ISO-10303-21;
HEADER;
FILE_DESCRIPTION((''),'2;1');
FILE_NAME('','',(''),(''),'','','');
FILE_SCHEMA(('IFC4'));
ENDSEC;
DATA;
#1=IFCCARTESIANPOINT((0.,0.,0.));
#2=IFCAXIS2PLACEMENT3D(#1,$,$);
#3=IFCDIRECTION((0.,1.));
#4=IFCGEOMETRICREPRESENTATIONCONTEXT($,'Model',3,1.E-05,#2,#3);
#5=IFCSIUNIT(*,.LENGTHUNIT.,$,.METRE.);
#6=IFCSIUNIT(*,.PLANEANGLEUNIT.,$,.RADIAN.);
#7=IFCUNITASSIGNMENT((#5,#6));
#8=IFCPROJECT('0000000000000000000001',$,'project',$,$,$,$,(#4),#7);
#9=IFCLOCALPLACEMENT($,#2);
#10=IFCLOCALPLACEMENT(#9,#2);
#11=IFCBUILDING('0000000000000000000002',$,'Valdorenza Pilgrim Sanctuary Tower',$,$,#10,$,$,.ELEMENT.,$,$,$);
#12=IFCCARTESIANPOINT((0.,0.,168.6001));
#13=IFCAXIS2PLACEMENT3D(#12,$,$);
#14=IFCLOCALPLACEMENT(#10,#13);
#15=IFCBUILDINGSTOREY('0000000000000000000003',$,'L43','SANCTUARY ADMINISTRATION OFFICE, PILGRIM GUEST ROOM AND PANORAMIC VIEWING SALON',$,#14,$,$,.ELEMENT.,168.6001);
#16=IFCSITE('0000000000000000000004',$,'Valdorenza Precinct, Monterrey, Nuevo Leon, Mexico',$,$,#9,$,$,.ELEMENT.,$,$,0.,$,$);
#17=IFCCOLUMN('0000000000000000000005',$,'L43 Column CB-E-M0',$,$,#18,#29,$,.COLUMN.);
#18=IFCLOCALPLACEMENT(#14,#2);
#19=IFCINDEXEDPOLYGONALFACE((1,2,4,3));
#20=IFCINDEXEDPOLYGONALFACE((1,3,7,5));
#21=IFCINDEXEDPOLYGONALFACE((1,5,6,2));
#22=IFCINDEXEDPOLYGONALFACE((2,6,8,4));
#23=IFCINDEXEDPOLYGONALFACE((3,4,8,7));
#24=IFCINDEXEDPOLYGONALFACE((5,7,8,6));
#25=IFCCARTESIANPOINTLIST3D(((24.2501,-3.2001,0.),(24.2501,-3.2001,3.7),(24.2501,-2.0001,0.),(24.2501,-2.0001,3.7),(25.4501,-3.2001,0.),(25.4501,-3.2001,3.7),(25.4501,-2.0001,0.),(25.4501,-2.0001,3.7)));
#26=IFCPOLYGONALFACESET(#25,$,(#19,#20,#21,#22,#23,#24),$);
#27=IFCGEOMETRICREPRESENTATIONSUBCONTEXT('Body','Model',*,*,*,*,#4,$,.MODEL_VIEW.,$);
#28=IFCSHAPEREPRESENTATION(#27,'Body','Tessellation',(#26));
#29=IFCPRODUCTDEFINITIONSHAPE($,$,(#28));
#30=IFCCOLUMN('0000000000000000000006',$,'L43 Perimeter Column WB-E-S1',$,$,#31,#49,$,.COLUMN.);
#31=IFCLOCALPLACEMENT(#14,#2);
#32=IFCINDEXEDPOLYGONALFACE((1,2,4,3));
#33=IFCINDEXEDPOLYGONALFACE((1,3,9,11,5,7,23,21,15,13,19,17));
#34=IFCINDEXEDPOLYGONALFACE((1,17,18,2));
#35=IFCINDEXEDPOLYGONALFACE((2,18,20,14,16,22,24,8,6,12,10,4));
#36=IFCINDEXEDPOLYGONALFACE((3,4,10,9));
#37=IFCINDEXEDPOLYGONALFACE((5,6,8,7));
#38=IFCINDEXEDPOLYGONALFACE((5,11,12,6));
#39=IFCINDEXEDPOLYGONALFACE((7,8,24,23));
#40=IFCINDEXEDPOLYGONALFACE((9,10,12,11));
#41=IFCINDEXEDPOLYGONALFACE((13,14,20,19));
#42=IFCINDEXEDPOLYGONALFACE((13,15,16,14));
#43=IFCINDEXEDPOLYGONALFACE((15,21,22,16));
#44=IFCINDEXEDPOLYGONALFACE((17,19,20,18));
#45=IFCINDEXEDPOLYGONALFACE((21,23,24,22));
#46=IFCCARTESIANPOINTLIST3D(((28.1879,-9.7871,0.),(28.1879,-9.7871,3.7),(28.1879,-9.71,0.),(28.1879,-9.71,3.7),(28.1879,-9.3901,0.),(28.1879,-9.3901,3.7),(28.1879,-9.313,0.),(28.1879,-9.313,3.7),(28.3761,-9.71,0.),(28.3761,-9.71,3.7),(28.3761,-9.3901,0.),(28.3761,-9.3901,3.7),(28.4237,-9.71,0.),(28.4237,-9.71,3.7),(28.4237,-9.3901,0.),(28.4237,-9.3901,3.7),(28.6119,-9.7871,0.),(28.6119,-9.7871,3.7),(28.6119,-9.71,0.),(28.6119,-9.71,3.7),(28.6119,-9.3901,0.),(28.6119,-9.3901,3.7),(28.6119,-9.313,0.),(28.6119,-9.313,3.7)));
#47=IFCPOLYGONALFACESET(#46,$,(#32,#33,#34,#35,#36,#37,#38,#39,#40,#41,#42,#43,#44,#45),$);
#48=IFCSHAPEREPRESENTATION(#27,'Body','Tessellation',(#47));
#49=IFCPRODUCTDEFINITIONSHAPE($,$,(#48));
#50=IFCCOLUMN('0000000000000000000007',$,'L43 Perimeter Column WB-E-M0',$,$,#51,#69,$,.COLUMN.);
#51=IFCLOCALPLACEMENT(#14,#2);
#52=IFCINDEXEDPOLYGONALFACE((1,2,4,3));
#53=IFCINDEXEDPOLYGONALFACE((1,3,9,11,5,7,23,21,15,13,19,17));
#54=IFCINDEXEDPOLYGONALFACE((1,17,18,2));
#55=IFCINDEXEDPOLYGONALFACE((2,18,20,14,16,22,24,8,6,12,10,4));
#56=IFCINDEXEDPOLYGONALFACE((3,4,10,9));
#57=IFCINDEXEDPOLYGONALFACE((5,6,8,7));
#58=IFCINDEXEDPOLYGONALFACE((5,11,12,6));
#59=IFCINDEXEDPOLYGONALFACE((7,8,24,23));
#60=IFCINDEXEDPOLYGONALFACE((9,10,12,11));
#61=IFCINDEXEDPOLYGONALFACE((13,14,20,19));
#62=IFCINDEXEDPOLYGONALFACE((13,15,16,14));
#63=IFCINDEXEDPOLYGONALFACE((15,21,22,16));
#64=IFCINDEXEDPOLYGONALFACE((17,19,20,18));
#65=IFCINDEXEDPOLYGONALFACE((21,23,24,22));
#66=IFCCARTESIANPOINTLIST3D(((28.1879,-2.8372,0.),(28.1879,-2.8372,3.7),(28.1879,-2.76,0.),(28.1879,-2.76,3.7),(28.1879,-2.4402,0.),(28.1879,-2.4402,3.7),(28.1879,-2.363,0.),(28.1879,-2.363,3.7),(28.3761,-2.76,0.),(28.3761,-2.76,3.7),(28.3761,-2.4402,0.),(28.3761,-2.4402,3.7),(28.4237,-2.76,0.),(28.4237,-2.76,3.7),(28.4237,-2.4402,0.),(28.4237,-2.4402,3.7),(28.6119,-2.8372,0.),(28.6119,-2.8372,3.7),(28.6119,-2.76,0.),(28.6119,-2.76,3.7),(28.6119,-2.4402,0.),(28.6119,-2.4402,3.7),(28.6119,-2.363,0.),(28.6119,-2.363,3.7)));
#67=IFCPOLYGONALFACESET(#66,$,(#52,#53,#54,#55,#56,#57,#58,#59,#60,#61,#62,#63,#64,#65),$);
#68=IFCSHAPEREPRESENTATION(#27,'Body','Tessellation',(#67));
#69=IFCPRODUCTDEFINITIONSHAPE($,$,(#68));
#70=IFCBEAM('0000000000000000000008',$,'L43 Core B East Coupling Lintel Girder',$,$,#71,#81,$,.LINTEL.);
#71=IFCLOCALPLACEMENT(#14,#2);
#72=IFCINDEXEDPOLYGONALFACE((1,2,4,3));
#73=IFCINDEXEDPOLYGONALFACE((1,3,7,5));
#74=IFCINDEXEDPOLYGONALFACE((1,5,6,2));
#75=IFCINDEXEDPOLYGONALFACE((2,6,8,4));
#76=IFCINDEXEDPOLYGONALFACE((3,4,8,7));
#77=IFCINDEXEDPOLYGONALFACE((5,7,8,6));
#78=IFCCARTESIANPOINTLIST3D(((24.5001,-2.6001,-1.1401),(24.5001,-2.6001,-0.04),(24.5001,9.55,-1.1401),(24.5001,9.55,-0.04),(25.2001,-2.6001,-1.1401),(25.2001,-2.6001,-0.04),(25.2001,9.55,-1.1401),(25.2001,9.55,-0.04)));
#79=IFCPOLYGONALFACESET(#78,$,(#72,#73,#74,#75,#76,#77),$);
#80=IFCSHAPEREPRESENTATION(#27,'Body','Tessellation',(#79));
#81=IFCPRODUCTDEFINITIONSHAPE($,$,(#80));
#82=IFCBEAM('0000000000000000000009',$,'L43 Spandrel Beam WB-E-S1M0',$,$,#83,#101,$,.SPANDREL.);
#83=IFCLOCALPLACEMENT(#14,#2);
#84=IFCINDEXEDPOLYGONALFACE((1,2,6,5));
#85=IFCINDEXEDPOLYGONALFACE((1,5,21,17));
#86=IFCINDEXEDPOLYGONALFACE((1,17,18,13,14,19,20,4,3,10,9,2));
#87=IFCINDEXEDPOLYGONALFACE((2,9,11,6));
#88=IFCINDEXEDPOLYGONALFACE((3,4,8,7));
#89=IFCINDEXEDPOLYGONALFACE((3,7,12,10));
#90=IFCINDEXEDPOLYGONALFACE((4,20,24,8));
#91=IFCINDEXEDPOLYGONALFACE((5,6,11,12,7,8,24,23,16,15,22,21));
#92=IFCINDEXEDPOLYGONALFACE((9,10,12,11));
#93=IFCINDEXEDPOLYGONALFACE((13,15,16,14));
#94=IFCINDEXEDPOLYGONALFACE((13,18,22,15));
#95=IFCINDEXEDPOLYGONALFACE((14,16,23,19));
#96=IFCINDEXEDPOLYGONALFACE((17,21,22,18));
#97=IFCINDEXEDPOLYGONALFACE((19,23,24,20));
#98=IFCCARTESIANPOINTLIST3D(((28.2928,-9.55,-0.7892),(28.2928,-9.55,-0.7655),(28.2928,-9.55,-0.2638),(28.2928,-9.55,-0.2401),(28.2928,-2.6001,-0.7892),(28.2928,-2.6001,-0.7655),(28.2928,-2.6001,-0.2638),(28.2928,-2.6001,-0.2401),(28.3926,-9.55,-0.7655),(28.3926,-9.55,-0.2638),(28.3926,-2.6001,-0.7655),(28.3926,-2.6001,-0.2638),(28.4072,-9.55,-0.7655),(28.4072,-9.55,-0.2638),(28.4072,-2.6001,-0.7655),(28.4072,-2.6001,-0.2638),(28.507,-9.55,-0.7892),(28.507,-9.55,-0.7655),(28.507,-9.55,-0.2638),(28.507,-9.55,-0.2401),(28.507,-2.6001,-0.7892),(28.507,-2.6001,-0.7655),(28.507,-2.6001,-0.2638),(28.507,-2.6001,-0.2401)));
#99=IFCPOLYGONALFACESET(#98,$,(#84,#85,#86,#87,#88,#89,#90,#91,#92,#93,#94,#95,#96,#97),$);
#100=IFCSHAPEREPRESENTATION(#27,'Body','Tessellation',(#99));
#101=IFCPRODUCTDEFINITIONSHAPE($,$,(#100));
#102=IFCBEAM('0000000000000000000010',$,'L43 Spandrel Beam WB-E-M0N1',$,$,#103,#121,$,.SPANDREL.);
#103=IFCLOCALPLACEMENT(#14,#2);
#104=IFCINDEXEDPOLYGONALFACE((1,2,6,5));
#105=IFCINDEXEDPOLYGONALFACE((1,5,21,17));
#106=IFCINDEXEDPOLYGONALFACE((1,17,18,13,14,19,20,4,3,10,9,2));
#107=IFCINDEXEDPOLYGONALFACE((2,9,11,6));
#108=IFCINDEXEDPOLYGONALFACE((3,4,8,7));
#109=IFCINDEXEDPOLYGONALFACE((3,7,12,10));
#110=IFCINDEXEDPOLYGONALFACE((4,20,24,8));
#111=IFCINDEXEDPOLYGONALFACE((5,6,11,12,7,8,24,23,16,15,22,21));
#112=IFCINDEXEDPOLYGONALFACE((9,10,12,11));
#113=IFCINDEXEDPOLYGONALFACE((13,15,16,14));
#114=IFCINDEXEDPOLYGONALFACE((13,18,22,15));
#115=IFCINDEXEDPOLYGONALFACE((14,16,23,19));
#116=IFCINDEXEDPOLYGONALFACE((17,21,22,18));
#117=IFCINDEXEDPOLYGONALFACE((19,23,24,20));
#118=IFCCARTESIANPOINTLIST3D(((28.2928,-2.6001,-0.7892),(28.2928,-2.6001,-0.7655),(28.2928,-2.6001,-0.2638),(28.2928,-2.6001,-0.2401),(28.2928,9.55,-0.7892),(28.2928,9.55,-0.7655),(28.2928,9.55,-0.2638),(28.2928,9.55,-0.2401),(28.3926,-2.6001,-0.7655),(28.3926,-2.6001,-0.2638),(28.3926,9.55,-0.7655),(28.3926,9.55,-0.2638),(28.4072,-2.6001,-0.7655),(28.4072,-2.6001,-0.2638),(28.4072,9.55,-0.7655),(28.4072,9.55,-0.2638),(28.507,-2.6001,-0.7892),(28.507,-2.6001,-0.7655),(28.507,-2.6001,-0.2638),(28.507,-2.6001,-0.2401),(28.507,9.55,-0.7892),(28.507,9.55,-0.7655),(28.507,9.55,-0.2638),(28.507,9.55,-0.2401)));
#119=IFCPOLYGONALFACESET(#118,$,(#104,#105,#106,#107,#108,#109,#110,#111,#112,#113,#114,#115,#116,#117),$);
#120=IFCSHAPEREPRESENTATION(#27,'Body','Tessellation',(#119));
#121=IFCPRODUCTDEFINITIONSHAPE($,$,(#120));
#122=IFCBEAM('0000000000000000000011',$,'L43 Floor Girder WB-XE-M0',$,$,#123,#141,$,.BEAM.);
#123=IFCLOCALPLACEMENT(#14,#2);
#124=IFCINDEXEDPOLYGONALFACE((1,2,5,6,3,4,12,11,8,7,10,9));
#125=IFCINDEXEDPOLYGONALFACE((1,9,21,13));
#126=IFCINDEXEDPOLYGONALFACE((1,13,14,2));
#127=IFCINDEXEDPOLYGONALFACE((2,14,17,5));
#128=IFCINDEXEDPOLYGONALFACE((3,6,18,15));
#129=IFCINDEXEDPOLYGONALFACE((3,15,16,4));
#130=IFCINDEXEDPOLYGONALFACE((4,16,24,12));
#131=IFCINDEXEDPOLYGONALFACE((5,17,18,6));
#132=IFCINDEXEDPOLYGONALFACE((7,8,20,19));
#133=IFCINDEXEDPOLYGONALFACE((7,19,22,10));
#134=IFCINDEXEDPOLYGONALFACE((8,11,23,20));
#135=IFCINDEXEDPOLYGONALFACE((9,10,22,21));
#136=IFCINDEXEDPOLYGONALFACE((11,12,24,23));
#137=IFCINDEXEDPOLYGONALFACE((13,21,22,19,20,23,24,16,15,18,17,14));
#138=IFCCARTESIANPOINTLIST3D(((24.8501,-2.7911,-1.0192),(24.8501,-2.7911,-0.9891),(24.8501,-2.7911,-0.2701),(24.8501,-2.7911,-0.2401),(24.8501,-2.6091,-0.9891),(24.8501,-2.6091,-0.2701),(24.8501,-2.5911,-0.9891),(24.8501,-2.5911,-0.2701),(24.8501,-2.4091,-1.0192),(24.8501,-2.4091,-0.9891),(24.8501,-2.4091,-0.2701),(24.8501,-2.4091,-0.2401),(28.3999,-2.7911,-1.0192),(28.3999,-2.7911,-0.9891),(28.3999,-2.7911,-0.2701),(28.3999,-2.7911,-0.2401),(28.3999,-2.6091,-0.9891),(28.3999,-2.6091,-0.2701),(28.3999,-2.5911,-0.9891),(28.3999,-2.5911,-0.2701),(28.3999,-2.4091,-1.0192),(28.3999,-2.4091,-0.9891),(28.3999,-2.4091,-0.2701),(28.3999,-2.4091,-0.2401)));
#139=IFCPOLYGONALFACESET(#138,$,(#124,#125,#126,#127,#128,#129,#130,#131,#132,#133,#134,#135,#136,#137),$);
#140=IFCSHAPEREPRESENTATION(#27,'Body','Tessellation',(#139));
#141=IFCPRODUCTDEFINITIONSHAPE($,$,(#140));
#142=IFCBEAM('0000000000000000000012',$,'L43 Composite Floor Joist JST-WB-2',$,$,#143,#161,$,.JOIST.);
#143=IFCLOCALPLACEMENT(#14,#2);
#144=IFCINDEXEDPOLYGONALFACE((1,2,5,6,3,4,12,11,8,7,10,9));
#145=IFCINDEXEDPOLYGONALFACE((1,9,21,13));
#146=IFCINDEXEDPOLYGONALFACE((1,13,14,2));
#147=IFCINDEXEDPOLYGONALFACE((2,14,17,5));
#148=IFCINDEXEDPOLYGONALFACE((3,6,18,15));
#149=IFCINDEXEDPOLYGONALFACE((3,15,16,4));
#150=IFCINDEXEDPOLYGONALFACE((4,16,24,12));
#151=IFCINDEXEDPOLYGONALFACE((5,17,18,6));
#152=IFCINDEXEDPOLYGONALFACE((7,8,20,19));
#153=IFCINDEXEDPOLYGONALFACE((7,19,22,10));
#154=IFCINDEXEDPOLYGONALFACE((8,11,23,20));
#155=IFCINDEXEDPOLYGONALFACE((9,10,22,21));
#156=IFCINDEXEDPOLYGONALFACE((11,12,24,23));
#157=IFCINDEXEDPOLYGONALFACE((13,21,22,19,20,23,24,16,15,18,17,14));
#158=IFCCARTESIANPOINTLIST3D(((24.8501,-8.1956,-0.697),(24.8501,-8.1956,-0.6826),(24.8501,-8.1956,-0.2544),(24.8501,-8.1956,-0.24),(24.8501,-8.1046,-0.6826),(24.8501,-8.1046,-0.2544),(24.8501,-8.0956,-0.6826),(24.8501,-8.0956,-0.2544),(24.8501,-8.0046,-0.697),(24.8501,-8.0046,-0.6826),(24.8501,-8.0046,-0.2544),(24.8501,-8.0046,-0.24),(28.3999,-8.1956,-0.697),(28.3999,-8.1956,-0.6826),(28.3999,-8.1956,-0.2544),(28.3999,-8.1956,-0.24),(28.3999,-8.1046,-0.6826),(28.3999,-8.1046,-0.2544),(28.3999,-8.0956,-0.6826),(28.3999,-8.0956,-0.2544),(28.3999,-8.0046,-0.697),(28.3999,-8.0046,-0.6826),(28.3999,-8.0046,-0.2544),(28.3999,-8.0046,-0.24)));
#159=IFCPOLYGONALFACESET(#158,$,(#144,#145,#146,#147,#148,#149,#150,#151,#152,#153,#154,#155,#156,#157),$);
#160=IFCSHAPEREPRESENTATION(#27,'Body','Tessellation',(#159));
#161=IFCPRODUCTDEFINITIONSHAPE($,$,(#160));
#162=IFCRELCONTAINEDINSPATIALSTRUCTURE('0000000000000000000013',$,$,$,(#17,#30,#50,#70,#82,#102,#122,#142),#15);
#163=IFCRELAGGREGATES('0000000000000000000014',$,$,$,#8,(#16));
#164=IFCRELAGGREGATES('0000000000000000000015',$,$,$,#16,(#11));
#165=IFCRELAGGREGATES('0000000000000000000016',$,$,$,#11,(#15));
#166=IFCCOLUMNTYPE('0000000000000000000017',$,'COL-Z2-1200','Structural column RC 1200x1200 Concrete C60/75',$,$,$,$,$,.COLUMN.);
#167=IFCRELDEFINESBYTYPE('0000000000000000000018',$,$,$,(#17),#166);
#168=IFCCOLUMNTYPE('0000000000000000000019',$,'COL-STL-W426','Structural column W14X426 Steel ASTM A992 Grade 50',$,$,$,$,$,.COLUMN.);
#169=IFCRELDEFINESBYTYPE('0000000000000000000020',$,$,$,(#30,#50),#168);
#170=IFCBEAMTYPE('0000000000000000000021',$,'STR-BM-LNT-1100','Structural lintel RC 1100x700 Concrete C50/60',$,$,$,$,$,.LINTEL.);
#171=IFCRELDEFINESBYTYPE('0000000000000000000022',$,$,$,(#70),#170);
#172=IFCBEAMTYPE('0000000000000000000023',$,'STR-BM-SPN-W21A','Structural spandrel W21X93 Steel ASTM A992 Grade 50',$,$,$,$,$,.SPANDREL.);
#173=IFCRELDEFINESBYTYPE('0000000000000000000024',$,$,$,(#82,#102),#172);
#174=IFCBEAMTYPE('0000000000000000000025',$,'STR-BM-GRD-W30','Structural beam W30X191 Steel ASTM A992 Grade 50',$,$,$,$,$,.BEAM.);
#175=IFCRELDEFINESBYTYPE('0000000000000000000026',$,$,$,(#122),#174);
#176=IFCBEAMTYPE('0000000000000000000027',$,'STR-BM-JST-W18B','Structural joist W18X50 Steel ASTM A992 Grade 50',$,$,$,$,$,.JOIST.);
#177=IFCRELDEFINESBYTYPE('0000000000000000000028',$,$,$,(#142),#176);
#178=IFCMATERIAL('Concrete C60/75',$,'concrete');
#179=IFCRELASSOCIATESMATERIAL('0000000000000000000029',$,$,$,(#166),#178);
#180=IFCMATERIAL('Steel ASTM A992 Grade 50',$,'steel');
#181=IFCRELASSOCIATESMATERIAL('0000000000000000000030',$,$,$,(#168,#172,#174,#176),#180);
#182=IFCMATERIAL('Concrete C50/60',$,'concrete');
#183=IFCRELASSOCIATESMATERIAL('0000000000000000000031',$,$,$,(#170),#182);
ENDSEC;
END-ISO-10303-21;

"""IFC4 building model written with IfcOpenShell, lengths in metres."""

from ifc_helpers import new_model, si_unit, direction, frame, origin, origin_2d, place, context, subcontext, project, spatial, rectangle, i_section, extrude, source, transform, mapped, material, material_profile, profile_set, type_object, element, save


model = new_model("IFC4")

# Units and contexts
model_context = context("Model", 3, precision=1e-05, world=origin(), true_north=direction((0.0, 1.0)))
body_context = subcontext(model_context, "Body", "Model", "MODEL_VIEW")
ifc_project = project(units=[si_unit("LENGTHUNIT", "METRE"), si_unit("PLANEANGLEUNIT", "RADIAN")], contexts=[model_context])

# Site, building, storey
site_placement = place(None, origin())
site = spatial("IfcSite", under=ifc_project, at=site_placement, Name="Valdorenza Precinct, Monterrey, Nuevo Leon, Mexico", CompositionType="ELEMENT", RefElevation=0.0)
building_placement = place(site_placement, origin())
building = spatial("IfcBuilding", under=site, at=building_placement, Name="Valdorenza Pilgrim Sanctuary Tower", CompositionType="ELEMENT")
storey_placement = place(building_placement, frame((0.0, 0.0, 168.6001)))
storey = spatial("IfcBuildingStorey", under=building, at=storey_placement, Name="L43", Description="SANCTUARY ADMINISTRATION OFFICE, PILGRIM GUEST ROOM AND PANORAMIC VIEWING SALON", CompositionType="ELEMENT", Elevation=168.6001)

# Columns
ifc_material_1 = material(Name="Concrete C60/75", Category="concrete")
ifc_material_profile_1 = material_profile(ifc_material_1, rectangle(XDim=1.2, YDim=1.2, at=origin_2d()), Name="RC 1200x1200")
ifc_profile_set_1 = profile_set([ifc_material_profile_1], Name="Concrete C60/75")
column_type_1 = type_object("IfcColumnType", Name="COL-Z2-1200", Description="Structural column RC 1200x1200 Concrete C60/75", PredefinedType="COLUMN", material=ifc_profile_set_1)
shared_shape_1 = source(origin(), body_context, "Body", "SweptSolid", [
    extrude(rectangle(XDim=1.2, YDim=1.2, at=origin_2d()), origin(), (0.0, 0.0, 1.0), 3.7),
])
column_placement = place(storey_placement, frame((24.8501, -2.6001, 0.0), z_axis=(0.0, 0.0, 1.0), x_axis=(1.0, 0.0, 0.0)))
element("IfcColumn", 1, at=column_placement, inside=storey, type_object=column_type_1, Name="L43 Column CB-E-M0", PredefinedType="COLUMN", context=body_context, shape_type="MappedRepresentation", body=[
    mapped(shared_shape_1, transform((0.0, 0.0, 0.0), x_axis=(1.0, 0.0, 0.0), y_axis=(0.0, 1.0, 0.0), z_axis=(0.0, 0.0, 1.0), scale=1.0)),
])
ifc_material_2 = material(Name="Steel ASTM A992 Grade 50", Category="steel")
ifc_material_profile_2 = material_profile(ifc_material_2, i_section(OverallWidth=0.4241, OverallDepth=0.4741, WebThickness=0.0476, FlangeThickness=0.0771, at=origin_2d()), Name="W14X426")
ifc_profile_set_2 = profile_set([ifc_material_profile_2], Name="Steel ASTM A992 Grade 50")
column_type_2 = type_object("IfcColumnType", Name="COL-STL-W426", Description="Structural column W14X426 Steel ASTM A992 Grade 50", PredefinedType="COLUMN", material=ifc_profile_set_2)
shared_shape_2 = source(origin(), body_context, "Body", "SweptSolid", [
    extrude(i_section(OverallWidth=0.4241, OverallDepth=0.4741, WebThickness=0.0476, FlangeThickness=0.0771, at=origin_2d()), origin(), (0.0, 0.0, 1.0), 3.7),
])
for number, where, z_axis, x_axis, name in (
    (2, (28.3999, -9.55, 0.0), (0.0, 0.0, 1.0), (1.0, 0.0, 0.0), "L43 Perimeter Column WB-E-S1"),
    (3, (28.3999, -2.6001, 0.0), (0.0, 0.0, 1.0), (1.0, 0.0, 0.0), "L43 Perimeter Column WB-E-M0"),
):
    element("IfcColumn", number, at=place(storey_placement, frame(where, z_axis=z_axis, x_axis=x_axis)), inside=storey, type_object=column_type_2, Name=name, PredefinedType="COLUMN", context=body_context, shape_type="MappedRepresentation", body=[
        mapped(shared_shape_2, transform((0.0, 0.0, 0.0), x_axis=(1.0, 0.0, 0.0), y_axis=(0.0, 1.0, 0.0), z_axis=(0.0, 0.0, 1.0), scale=1.0)),
    ])

# Beams
ifc_material_3 = material(Name="Concrete C50/60", Category="concrete")
ifc_material_profile_3 = material_profile(ifc_material_3, rectangle(XDim=0.7, YDim=1.1001, at=origin_2d()), Name="RC 1100x700")
ifc_profile_set_3 = profile_set([ifc_material_profile_3], Name="Concrete C50/60")
beam_type_1 = type_object("IfcBeamType", Name="STR-BM-LNT-1100", Description="Structural lintel RC 1100x700 Concrete C50/60", PredefinedType="LINTEL", material=ifc_profile_set_3)
shared_shape_3 = source(origin(), body_context, "Body", "SweptSolid", [
    extrude(rectangle(XDim=0.7, YDim=1.1001, at=origin_2d()), origin(), (0.0, 0.0, 1.0), 12.1501),
])
beam_1_placement = place(storey_placement, frame((24.8501, -2.6001, -0.5901), z_axis=(0.0, 1.0, 0.0), x_axis=(-1.0, 0.0, 0.0)))
element("IfcBeam", 4, at=beam_1_placement, inside=storey, type_object=beam_type_1, Name="L43 Core B East Coupling Lintel Girder", PredefinedType="LINTEL", context=body_context, shape_type="MappedRepresentation", body=[
    mapped(shared_shape_3, transform((0.0, 0.0, 0.0), x_axis=(1.0, 0.0, 0.0), y_axis=(0.0, 1.0, 0.0), z_axis=(0.0, 0.0, 1.0), scale=1.0)),
])
ifc_material_profile_4 = material_profile(ifc_material_2, i_section(OverallWidth=0.2141, OverallDepth=0.5491, WebThickness=0.0146, FlangeThickness=0.0237, at=origin_2d()), Name="W21X93")
ifc_profile_set_4 = profile_set([ifc_material_profile_4], Name="Steel ASTM A992 Grade 50")
beam_type_2 = type_object("IfcBeamType", Name="STR-BM-SPN-W21A", Description="Structural spandrel W21X93 Steel ASTM A992 Grade 50", PredefinedType="SPANDREL", material=ifc_profile_set_4)
shared_shape_4 = source(origin(), body_context, "Body", "SweptSolid", [
    extrude(i_section(OverallWidth=0.2141, OverallDepth=0.5491, WebThickness=0.0146, FlangeThickness=0.0237, at=origin_2d()), origin(), (0.0, 0.0, 1.0), 6.95),
])
beam_2_placement = place(storey_placement, frame((28.3999, -9.55, -0.5146), z_axis=(0.0, 1.0, 0.0), x_axis=(-1.0, 0.0, 0.0)))
element("IfcBeam", 5, at=beam_2_placement, inside=storey, type_object=beam_type_2, Name="L43 Spandrel Beam WB-E-S1M0", PredefinedType="SPANDREL", context=body_context, shape_type="MappedRepresentation", body=[
    mapped(shared_shape_4, transform((0.0, 0.0, 0.0), x_axis=(1.0, 0.0, 0.0), y_axis=(0.0, 1.0, 0.0), z_axis=(0.0, 0.0, 1.0), scale=1.0)),
])
shared_shape_5 = source(origin(), body_context, "Body", "SweptSolid", [
    extrude(i_section(OverallWidth=0.2141, OverallDepth=0.5491, WebThickness=0.0146, FlangeThickness=0.0237, at=origin_2d()), origin(), (0.0, 0.0, 1.0), 12.1501),
])
beam_3_placement = place(storey_placement, frame((28.3999, -2.6001, -0.5146), z_axis=(0.0, 1.0, 0.0), x_axis=(-1.0, 0.0, 0.0)))
element("IfcBeam", 6, at=beam_3_placement, inside=storey, type_object=beam_type_2, Name="L43 Spandrel Beam WB-E-M0N1", PredefinedType="SPANDREL", context=body_context, shape_type="MappedRepresentation", body=[
    mapped(shared_shape_5, transform((0.0, 0.0, 0.0), x_axis=(1.0, 0.0, 0.0), y_axis=(0.0, 1.0, 0.0), z_axis=(0.0, 0.0, 1.0), scale=1.0)),
])
ifc_material_profile_5 = material_profile(ifc_material_2, i_section(OverallWidth=0.3821, OverallDepth=0.7791, WebThickness=0.0181, FlangeThickness=0.03, at=origin_2d()), Name="W30X191")
ifc_profile_set_5 = profile_set([ifc_material_profile_5], Name="Steel ASTM A992 Grade 50")
beam_type_3 = type_object("IfcBeamType", Name="STR-BM-GRD-W30", Description="Structural beam W30X191 Steel ASTM A992 Grade 50", PredefinedType="BEAM", material=ifc_profile_set_5)
shared_shape_6 = source(origin(), body_context, "Body", "SweptSolid", [
    extrude(i_section(OverallWidth=0.3821, OverallDepth=0.7791, WebThickness=0.0181, FlangeThickness=0.03, at=origin_2d()), origin(), (0.0, 0.0, 1.0), 3.5498),
])
beam_4_placement = place(storey_placement, frame((24.8501, -2.6001, -0.6296), z_axis=(1.0, 0.0, 0.0), x_axis=(0.0, 1.0, 0.0)))
element("IfcBeam", 7, at=beam_4_placement, inside=storey, type_object=beam_type_3, Name="L43 Floor Girder WB-XE-M0", PredefinedType="BEAM", context=body_context, shape_type="MappedRepresentation", body=[
    mapped(shared_shape_6, transform((0.0, 0.0, 0.0), x_axis=(1.0, 0.0, 0.0), y_axis=(0.0, 1.0, 0.0), z_axis=(0.0, 0.0, 1.0), scale=1.0)),
])
ifc_material_profile_6 = material_profile(ifc_material_2, i_section(OverallWidth=0.1909, OverallDepth=0.457, WebThickness=0.009, FlangeThickness=0.0144, at=origin_2d()), Name="W18X50")
ifc_profile_set_6 = profile_set([ifc_material_profile_6], Name="Steel ASTM A992 Grade 50")
beam_type_4 = type_object("IfcBeamType", Name="STR-BM-JST-W18B", Description="Structural joist W18X50 Steel ASTM A992 Grade 50", PredefinedType="JOIST", material=ifc_profile_set_6)
shared_shape_7 = source(origin(), body_context, "Body", "SweptSolid", [
    extrude(i_section(OverallWidth=0.1909, OverallDepth=0.457, WebThickness=0.009, FlangeThickness=0.0144, at=origin_2d()), origin(), (0.0, 0.0, 1.0), 3.5498),
])
for number, where, z_axis, x_axis, name in (
    (8, (24.8501, -8.1001, -0.4685), (1.0, 0.0, 0.0), (0.0, 1.0, 0.0), "L43 Composite Floor Joist JST-WB-2"),
):
    element("IfcBeam", number, at=place(storey_placement, frame(where, z_axis=z_axis, x_axis=x_axis)), inside=storey, type_object=beam_type_4, Name=name, PredefinedType="JOIST", context=body_context, shape_type="MappedRepresentation", body=[
        mapped(shared_shape_7, transform((0.0, 0.0, 0.0), x_axis=(1.0, 0.0, 0.0), y_axis=(0.0, 1.0, 0.0), z_axis=(0.0, 0.0, 1.0), scale=1.0)),
    ])

save(model, "model.ifc")
